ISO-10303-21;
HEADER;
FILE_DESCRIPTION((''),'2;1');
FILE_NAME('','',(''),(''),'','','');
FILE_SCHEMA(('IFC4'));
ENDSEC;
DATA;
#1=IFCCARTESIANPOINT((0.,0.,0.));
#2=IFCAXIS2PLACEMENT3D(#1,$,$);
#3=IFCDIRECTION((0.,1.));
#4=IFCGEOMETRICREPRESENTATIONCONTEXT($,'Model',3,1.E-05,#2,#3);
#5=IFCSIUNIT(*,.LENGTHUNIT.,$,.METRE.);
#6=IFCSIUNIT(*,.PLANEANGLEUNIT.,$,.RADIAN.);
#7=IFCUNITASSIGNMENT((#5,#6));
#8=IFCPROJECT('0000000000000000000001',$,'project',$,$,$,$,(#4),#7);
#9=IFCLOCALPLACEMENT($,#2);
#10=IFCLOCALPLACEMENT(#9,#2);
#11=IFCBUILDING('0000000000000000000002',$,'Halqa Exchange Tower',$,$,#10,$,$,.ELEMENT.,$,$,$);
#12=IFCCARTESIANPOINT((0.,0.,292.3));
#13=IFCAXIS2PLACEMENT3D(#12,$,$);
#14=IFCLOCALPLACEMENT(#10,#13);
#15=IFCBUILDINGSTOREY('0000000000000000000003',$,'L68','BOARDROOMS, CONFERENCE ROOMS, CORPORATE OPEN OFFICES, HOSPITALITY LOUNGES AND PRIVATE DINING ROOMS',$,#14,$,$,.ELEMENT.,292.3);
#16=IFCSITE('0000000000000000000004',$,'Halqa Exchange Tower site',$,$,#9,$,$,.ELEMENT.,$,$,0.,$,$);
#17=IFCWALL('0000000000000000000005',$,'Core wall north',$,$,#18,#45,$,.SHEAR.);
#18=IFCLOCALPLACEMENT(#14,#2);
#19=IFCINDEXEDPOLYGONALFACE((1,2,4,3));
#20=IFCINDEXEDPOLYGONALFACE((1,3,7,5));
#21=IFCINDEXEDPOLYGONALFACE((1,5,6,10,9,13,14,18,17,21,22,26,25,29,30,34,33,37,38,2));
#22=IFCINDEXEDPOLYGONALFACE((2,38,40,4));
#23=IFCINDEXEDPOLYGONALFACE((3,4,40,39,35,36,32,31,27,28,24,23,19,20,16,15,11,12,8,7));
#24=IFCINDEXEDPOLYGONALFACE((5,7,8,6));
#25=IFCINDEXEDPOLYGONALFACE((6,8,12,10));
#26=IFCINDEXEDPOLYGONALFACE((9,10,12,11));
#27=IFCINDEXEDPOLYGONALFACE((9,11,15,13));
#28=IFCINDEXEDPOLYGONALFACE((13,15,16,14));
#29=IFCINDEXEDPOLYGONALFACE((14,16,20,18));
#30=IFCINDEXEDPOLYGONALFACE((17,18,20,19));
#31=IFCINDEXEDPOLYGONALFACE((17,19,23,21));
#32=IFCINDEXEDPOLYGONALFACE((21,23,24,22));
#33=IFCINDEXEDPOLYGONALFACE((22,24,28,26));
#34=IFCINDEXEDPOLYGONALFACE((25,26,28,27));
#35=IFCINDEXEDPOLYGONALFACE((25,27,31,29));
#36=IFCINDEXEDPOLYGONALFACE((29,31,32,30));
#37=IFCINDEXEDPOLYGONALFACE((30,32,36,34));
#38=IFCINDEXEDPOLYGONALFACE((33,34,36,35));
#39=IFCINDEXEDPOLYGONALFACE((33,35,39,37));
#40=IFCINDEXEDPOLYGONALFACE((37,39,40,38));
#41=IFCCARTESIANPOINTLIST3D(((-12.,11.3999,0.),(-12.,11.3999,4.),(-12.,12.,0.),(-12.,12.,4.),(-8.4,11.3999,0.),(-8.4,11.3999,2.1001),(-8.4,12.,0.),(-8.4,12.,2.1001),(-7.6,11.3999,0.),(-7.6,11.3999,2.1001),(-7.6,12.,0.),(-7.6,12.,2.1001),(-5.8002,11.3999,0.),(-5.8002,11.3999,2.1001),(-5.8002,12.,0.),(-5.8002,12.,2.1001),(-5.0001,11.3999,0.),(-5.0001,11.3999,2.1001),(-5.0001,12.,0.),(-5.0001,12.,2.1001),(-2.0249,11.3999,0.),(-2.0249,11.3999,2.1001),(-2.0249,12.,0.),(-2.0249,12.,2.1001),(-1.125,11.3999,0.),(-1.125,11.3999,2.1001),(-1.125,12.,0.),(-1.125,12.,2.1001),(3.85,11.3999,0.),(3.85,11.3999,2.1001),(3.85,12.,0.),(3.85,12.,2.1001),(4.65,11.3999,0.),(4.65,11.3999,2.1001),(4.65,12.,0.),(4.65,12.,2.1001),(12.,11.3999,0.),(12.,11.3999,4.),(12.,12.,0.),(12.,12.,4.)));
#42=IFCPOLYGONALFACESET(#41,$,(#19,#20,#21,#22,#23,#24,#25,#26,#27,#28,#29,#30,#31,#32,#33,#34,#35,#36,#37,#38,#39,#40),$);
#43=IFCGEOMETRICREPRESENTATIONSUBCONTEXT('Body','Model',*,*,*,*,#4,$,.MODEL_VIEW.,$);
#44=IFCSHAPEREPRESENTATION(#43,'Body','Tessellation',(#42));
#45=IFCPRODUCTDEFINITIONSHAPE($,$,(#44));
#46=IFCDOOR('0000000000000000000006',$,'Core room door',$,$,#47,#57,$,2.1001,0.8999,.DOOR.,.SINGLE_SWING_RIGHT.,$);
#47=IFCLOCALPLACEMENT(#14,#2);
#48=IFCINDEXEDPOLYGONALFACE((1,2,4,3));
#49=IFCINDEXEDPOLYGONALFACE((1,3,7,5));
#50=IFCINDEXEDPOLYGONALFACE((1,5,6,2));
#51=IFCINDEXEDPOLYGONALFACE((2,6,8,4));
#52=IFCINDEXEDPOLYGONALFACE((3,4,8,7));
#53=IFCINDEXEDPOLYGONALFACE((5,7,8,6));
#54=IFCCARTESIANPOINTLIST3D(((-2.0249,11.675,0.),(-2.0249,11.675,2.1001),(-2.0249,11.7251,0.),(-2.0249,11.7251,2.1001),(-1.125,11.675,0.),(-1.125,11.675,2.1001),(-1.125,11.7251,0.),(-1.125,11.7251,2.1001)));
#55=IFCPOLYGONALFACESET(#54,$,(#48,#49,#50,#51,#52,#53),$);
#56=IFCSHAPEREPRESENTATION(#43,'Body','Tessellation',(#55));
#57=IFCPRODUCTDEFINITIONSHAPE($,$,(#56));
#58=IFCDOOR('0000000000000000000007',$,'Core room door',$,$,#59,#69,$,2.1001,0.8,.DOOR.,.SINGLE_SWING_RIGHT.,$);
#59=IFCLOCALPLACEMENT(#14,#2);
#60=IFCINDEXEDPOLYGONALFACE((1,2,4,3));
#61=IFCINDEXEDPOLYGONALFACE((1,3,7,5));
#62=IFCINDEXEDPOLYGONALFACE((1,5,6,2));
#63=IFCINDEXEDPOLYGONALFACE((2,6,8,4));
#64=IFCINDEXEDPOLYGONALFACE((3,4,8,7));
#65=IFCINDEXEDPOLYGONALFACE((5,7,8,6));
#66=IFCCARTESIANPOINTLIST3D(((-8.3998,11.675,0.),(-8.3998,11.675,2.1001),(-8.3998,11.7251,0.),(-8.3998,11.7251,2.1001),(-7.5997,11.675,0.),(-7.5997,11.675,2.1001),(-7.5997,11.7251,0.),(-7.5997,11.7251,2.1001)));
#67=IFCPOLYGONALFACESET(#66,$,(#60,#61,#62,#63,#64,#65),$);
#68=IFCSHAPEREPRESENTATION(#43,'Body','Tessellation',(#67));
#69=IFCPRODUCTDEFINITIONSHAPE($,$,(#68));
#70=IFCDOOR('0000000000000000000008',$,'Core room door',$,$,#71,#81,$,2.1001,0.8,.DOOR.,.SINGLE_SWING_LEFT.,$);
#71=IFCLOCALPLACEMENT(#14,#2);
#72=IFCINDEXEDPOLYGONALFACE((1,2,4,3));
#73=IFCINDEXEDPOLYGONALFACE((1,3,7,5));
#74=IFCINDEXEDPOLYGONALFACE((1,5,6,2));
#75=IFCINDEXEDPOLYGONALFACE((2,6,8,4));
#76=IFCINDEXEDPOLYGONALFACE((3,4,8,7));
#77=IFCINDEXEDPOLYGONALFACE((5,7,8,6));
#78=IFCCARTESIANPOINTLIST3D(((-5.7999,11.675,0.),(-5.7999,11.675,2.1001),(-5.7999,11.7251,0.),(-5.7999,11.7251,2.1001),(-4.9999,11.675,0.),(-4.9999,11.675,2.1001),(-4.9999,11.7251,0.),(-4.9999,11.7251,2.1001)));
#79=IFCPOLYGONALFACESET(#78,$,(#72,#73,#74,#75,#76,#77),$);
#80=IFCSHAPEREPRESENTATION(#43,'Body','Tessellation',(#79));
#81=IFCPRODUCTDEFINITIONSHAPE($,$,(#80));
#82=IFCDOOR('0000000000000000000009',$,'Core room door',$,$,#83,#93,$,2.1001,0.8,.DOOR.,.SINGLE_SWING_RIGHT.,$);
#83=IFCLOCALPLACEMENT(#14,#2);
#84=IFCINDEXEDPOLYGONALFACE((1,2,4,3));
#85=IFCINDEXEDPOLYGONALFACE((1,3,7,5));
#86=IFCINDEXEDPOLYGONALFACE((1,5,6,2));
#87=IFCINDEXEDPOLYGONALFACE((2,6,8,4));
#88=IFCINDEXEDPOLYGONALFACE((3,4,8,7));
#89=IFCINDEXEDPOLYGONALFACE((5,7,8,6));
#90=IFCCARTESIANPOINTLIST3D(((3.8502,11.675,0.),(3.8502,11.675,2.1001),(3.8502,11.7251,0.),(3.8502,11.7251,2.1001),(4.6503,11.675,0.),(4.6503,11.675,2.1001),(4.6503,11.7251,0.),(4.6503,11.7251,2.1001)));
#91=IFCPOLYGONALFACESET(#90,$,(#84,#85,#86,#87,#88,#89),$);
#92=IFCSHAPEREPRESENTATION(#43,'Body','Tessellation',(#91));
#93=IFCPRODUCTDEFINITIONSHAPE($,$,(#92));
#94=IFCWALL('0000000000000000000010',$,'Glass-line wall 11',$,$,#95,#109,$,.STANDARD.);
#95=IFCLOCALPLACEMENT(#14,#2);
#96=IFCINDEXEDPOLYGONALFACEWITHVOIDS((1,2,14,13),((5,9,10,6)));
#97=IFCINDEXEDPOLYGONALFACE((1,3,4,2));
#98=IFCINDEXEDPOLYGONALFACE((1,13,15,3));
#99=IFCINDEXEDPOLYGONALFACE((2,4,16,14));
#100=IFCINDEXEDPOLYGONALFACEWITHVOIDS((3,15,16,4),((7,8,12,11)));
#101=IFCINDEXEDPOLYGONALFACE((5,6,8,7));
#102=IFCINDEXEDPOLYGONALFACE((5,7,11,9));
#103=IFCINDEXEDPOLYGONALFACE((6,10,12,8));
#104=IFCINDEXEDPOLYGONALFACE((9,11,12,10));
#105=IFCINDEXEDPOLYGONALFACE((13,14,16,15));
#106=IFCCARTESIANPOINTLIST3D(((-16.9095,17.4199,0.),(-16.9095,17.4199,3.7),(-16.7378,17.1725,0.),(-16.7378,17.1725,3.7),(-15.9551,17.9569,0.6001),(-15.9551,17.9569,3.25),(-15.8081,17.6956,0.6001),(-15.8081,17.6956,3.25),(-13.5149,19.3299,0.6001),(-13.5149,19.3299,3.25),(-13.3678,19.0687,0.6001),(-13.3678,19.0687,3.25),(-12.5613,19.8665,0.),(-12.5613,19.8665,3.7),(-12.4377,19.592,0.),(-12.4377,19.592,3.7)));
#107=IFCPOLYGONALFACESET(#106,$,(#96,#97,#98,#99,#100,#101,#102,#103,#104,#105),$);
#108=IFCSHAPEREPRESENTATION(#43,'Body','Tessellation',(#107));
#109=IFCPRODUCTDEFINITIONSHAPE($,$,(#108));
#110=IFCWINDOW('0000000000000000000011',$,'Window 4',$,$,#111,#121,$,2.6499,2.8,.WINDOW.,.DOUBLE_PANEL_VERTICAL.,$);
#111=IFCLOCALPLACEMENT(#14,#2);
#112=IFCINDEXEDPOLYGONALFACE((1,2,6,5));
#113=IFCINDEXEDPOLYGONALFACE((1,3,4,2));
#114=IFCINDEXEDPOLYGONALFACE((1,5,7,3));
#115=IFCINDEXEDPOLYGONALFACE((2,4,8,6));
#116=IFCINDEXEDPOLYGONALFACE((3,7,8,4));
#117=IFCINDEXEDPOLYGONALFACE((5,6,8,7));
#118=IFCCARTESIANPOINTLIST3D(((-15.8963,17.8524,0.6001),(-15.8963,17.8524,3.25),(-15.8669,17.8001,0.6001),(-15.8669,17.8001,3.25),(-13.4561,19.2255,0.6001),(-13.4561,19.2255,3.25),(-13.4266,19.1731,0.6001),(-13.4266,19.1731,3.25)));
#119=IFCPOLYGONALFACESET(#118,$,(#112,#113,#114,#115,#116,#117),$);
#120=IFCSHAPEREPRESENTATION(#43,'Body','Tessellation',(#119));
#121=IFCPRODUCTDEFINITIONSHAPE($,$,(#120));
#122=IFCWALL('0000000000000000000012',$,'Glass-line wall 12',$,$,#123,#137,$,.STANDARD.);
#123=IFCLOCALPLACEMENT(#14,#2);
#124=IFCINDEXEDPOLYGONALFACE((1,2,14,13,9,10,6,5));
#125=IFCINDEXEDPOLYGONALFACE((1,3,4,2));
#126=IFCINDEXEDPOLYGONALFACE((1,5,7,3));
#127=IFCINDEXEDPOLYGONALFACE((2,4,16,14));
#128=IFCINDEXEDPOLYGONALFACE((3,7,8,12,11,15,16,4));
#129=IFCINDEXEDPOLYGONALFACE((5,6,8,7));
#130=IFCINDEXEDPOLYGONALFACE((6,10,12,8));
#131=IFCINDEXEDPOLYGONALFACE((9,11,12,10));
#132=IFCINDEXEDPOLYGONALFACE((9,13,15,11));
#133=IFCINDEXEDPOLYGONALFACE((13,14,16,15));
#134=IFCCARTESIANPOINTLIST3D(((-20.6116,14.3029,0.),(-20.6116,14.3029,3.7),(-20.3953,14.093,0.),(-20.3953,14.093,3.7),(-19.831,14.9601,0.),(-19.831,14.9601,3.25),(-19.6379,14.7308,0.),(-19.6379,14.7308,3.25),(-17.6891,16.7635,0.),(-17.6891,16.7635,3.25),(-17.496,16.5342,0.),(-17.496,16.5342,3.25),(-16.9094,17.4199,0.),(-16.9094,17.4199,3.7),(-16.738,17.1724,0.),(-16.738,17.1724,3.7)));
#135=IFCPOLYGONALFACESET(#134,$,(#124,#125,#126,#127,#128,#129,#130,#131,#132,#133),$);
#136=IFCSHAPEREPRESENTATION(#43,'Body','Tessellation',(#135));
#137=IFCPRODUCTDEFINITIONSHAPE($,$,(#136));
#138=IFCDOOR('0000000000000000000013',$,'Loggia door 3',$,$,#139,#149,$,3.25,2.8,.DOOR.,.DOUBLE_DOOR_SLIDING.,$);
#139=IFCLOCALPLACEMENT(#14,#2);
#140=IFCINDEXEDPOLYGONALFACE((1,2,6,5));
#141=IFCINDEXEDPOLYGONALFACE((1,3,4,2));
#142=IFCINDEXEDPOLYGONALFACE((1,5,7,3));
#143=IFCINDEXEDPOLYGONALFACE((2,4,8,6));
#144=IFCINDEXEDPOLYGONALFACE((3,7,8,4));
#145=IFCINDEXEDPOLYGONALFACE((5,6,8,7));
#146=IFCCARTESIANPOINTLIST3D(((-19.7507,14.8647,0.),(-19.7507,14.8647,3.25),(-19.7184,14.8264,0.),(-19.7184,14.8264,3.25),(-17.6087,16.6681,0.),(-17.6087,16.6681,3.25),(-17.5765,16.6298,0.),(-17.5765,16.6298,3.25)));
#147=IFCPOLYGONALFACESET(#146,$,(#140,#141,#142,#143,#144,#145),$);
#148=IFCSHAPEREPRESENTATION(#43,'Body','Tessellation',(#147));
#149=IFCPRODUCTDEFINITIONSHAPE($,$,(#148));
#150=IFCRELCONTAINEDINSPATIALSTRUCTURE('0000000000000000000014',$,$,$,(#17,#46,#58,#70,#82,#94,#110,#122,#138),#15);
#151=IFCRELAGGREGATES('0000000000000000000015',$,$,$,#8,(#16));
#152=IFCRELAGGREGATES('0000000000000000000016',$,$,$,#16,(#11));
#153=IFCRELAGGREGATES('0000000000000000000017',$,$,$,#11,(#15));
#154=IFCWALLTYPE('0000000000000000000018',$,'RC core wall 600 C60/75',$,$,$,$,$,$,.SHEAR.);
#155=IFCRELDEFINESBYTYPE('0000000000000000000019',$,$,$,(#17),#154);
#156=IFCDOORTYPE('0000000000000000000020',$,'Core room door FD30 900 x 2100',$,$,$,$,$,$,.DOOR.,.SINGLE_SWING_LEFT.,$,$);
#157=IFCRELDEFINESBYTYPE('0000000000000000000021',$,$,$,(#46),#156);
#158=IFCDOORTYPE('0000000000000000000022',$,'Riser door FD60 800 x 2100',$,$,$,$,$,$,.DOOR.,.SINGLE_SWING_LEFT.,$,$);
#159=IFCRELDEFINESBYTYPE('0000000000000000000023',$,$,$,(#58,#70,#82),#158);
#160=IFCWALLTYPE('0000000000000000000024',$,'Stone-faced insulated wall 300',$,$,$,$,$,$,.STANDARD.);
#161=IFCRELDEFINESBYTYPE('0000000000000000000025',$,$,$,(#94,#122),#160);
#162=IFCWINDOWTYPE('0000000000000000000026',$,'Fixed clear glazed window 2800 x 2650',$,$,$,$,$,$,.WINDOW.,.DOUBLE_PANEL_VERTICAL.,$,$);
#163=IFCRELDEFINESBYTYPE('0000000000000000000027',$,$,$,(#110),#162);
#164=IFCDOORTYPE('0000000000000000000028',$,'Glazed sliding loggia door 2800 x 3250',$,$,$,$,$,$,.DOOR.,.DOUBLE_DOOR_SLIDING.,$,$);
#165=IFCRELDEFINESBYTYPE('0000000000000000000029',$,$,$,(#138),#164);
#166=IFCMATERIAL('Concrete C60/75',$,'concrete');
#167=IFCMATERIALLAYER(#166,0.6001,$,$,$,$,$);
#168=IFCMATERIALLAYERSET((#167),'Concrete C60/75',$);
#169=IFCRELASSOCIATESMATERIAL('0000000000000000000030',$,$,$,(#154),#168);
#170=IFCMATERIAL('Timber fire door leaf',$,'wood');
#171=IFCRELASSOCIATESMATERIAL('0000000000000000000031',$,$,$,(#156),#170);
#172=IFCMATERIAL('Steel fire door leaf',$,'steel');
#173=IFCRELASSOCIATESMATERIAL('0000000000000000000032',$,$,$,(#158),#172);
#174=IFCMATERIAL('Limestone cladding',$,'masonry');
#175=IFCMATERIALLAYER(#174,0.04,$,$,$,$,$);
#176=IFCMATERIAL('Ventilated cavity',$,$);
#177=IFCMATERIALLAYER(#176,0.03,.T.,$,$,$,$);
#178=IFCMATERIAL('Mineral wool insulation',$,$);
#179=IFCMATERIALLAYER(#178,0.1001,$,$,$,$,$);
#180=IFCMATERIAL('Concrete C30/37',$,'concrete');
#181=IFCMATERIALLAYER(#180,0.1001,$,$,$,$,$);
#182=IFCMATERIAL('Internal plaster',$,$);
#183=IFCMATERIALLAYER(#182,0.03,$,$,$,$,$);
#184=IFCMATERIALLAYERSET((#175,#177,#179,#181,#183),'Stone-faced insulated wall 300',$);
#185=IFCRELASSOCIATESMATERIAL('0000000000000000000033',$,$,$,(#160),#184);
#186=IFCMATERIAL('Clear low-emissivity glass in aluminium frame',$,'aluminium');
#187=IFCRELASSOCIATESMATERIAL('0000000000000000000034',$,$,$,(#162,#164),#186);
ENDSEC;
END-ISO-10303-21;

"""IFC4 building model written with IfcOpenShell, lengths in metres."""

from ifc_helpers import new_model, si_unit, direction, frame, frame_2d, origin, place, context, subcontext, project, spatial, polyline, rectangle, outline, extrude, material, layer, layer_set, type_object, element, fill, save


model = new_model("IFC4")

# Units and contexts
model_context = context("Model", 3, precision=1e-05, world=origin(), true_north=direction((0.0, 1.0)))
body_context = subcontext(model_context, "Body", "Model", "MODEL_VIEW")
ifc_project = project(units=[si_unit("LENGTHUNIT", "METRE"), si_unit("PLANEANGLEUNIT", "RADIAN")], contexts=[model_context])

# Site, building, storey
site_placement = place(None, origin())
site = spatial("IfcSite", under=ifc_project, at=site_placement, Name="Halqa Exchange Tower site", CompositionType="ELEMENT", RefElevation=0.0)
building_placement = place(site_placement, origin())
building = spatial("IfcBuilding", under=site, at=building_placement, Name="Halqa Exchange Tower", CompositionType="ELEMENT")
storey_placement = place(building_placement, frame((0.0, 0.0, 292.3)))
storey = spatial("IfcBuildingStorey", under=building, at=storey_placement, Name="L68", Description="BOARDROOMS, CONFERENCE ROOMS, CORPORATE OPEN OFFICES, HOSPITALITY LOUNGES AND PRIVATE DINING ROOMS", CompositionType="ELEMENT", Elevation=292.3)

# Shared definitions
ifc_material_1 = material(Name="Concrete C60/75", Category="concrete")

# Shared definitions
ifc_material_2 = material(Name="Steel fire door leaf", Category="steel")

# Wall, openings, doors
ifc_layer_1 = layer(ifc_material_1, 0.6001)
ifc_layer_set_1 = layer_set([ifc_layer_1], Name="Concrete C60/75")
wall_type_1 = type_object("IfcWallType", Name="RC core wall 600 C60/75", PredefinedType="SHEAR", material=ifc_layer_set_1)
wall_1_placement = place(storey_placement, frame((-12.0, 11.7, 0.0), z_axis=(0.0, 0.0, 1.0), x_axis=(1.0, 0.0, 0.0)))
wall_1 = element("IfcWall", 1, at=wall_1_placement, inside=storey, type_object=wall_type_1, Name="Core wall north", PredefinedType="SHEAR", context=body_context, shape_type="SweptSolid", body=[
    extrude(rectangle(XDim=24.0, YDim=0.6001, at=frame_2d((12.0, 0.0))), origin(), (0.0, 0.0, 1.0), 4.0),
])
opening_1_placement = place(wall_1_placement, frame((9.9751, 0.0, 0.0)))
opening_1 = element("IfcOpeningElement", 2, at=opening_1_placement, cuts=wall_1, PredefinedType="OPENING", context=body_context, shape_type="SweptSolid", body=[
    extrude(rectangle(XDim=0.8999, YDim=2.1001, at=frame_2d((0.45, 1.05))), frame((0.0, 0.312, 0.0), z_axis=(0.0, -1.0, 0.0), x_axis=(1.0, 0.0, 0.0)), (0.0, 0.0, 1.0), 0.624),
])
opening_2_placement = place(wall_1_placement, frame((3.6001, 0.0, 0.0)))
opening_2 = element("IfcOpeningElement", 3, at=opening_2_placement, cuts=wall_1, PredefinedType="OPENING", context=body_context, shape_type="SweptSolid", body=[
    extrude(rectangle(XDim=0.8, YDim=2.1001, at=frame_2d((0.3999, 1.05))), frame((0.0, 0.312, 0.0), z_axis=(0.0, -1.0, 0.0), x_axis=(1.0, 0.0, 0.0)), (0.0, 0.0, 1.0), 0.624),
])
opening_3_placement = place(wall_1_placement, frame((6.2, 0.0, 0.0)))
opening_3 = element("IfcOpeningElement", 4, at=opening_3_placement, cuts=wall_1, PredefinedType="OPENING", context=body_context, shape_type="SweptSolid", body=[
    extrude(rectangle(XDim=0.8, YDim=2.1001, at=frame_2d((0.3999, 1.05))), frame((0.0, 0.312, 0.0), z_axis=(0.0, -1.0, 0.0), x_axis=(1.0, 0.0, 0.0)), (0.0, 0.0, 1.0), 0.624),
])
opening_4_placement = place(wall_1_placement, frame((15.8501, 0.0, 0.0)))
opening_4 = element("IfcOpeningElement", 5, at=opening_4_placement, cuts=wall_1, PredefinedType="OPENING", context=body_context, shape_type="SweptSolid", body=[
    extrude(rectangle(XDim=0.8, YDim=2.1001, at=frame_2d((0.3999, 1.05))), frame((0.0, 0.312, 0.0), z_axis=(0.0, -1.0, 0.0), x_axis=(1.0, 0.0, 0.0)), (0.0, 0.0, 1.0), 0.624),
])
ifc_material_3 = material(Name="Timber fire door leaf", Category="wood")
door_type_1 = type_object("IfcDoorType", Name="Core room door FD30 900 x 2100", OperationType="SINGLE_SWING_LEFT", PredefinedType="DOOR", material=ifc_material_3)
door_1_placement = place(opening_1_placement, frame((0.8999, 0.0, 0.0), z_axis=(0.0, 0.0, 1.0), x_axis=(-1.0, 0.0, 0.0)))
door_1 = element("IfcDoor", 6, at=door_1_placement, inside=storey, type_object=door_type_1, Name="Core room door", OperationType="SINGLE_SWING_RIGHT", OverallHeight=2.1001, OverallWidth=0.8999, PredefinedType="DOOR", context=body_context, shape_type="SweptSolid", body=[
    extrude(rectangle(XDim=0.8999, YDim=2.1001, at=frame_2d((0.45, 1.05))), frame((0.0, 0.0249, 0.0), z_axis=(0.0, -1.0, 0.0), x_axis=(1.0, 0.0, 0.0)), (0.0, 0.0, 1.0), 0.05),
])
fill(opening_1, door_1)
door_type_2 = type_object("IfcDoorType", Name="Riser door FD60 800 x 2100", OperationType="SINGLE_SWING_LEFT", PredefinedType="DOOR", material=ifc_material_2)
door_2_placement = place(opening_2_placement, frame((0.8, 0.0, 0.0), z_axis=(0.0, 0.0, 1.0), x_axis=(-1.0, 0.0, 0.0)))
door_2 = element("IfcDoor", 7, at=door_2_placement, inside=storey, type_object=door_type_2, Name="Core room door", OperationType="SINGLE_SWING_RIGHT", OverallHeight=2.1001, OverallWidth=0.8, PredefinedType="DOOR", context=body_context, shape_type="SweptSolid", body=[
    extrude(rectangle(XDim=0.8, YDim=2.1001, at=frame_2d((0.3999, 1.05))), frame((0.0, 0.0249, 0.0), z_axis=(0.0, -1.0, 0.0), x_axis=(1.0, 0.0, 0.0)), (0.0, 0.0, 1.0), 0.05),
])
fill(opening_2, door_2)
door_3_placement = place(opening_3_placement, frame((0.8, 0.0, 0.0), z_axis=(0.0, 0.0, 1.0), x_axis=(-1.0, 0.0, 0.0)))
door_3 = element("IfcDoor", 8, at=door_3_placement, inside=storey, type_object=door_type_2, Name="Core room door", OperationType="SINGLE_SWING_LEFT", OverallHeight=2.1001, OverallWidth=0.8, PredefinedType="DOOR", context=body_context, shape_type="SweptSolid", body=[
    extrude(rectangle(XDim=0.8, YDim=2.1001, at=frame_2d((0.3999, 1.05))), frame((0.0, 0.0249, 0.0), z_axis=(0.0, -1.0, 0.0), x_axis=(1.0, 0.0, 0.0)), (0.0, 0.0, 1.0), 0.05),
])
fill(opening_3, door_3)
door_4_placement = place(opening_4_placement, frame((0.8, 0.0, 0.0), z_axis=(0.0, 0.0, 1.0), x_axis=(-1.0, 0.0, 0.0)))
door_4 = element("IfcDoor", 9, at=door_4_placement, inside=storey, type_object=door_type_2, Name="Core room door", OperationType="SINGLE_SWING_RIGHT", OverallHeight=2.1001, OverallWidth=0.8, PredefinedType="DOOR", context=body_context, shape_type="SweptSolid", body=[
    extrude(rectangle(XDim=0.8, YDim=2.1001, at=frame_2d((0.3999, 1.05))), frame((0.0, 0.0249, 0.0), z_axis=(0.0, -1.0, 0.0), x_axis=(1.0, 0.0, 0.0)), (0.0, 0.0, 1.0), 0.05),
])
fill(opening_4, door_4)

# Wall, opening, window
ifc_material_4 = material(Name="Limestone cladding", Category="masonry")
ifc_layer_2 = layer(ifc_material_4, 0.04)
ifc_material_5 = material(Name="Ventilated cavity")
ifc_layer_3 = layer(ifc_material_5, 0.03, ventilated=True)
ifc_material_6 = material(Name="Mineral wool insulation")
ifc_layer_4 = layer(ifc_material_6, 0.1001)
ifc_material_7 = material(Name="Concrete C30/37", Category="concrete")
ifc_layer_5 = layer(ifc_material_7, 0.1001)
ifc_material_8 = material(Name="Internal plaster")
ifc_layer_6 = layer(ifc_material_8, 0.03)
ifc_layer_set_2 = layer_set([ifc_layer_2, ifc_layer_3, ifc_layer_4, ifc_layer_5, ifc_layer_6], Name="Stone-faced insulated wall 300")
wall_type_2 = type_object("IfcWallType", Name="Stone-faced insulated wall 300", PredefinedType="STANDARD", material=ifc_layer_set_2)
wall_2_placement = place(storey_placement, frame((-12.4995, 19.7292, 0.0), z_axis=(0.0, 0.0, 1.0), x_axis=(-0.871512, -0.490373, 0.0)))
wall_2 = element("IfcWall", 10, at=wall_2_placement, inside=storey, type_object=wall_type_2, Name="Glass-line wall 11", PredefinedType="STANDARD", context=body_context, shape_type="SweptSolid", body=[
    extrude(outline(polyline([(-0.0134, -0.1499), (4.9758, -0.1499), (4.9475, 0.1499), (0.0134, 0.1499), (-0.0134, -0.1499)])), origin(), (0.0, 0.0, 1.0), 3.7),
])
opening_5_placement = place(wall_2_placement, frame((1.0808, 0.0, 0.6001)))
opening_5 = element("IfcOpeningElement", 11, at=opening_5_placement, cuts=wall_2, PredefinedType="OPENING", context=body_context, shape_type="SweptSolid", body=[
    extrude(rectangle(XDim=2.8, YDim=2.6499, at=frame_2d((1.3999, 1.325))), frame((0.0, 0.1621, 0.0), z_axis=(0.0, -1.0, 0.0), x_axis=(1.0, 0.0, 0.0)), (0.0, 0.0, 1.0), 0.324),
])
ifc_material_9 = material(Name="Clear low-emissivity glass in aluminium frame", Category="aluminium")
window_type = type_object("IfcWindowType", Name="Fixed clear glazed window 2800 x 2650", PartitioningType="DOUBLE_PANEL_VERTICAL", PredefinedType="WINDOW", material=ifc_material_9)
window_1_placement = place(opening_5_placement, origin())
window_1 = element("IfcWindow", 12, at=window_1_placement, inside=storey, type_object=window_type, Name="Window 4", OverallHeight=2.6499, OverallWidth=2.8, PartitioningType="DOUBLE_PANEL_VERTICAL", PredefinedType="WINDOW", context=body_context, shape_type="SweptSolid", body=[
    extrude(rectangle(XDim=2.8, YDim=2.6499, at=frame_2d((1.3999, 1.325))), frame((0.0, 0.03, 0.0), z_axis=(0.0, -1.0, 0.0), x_axis=(1.0, 0.0, 0.0)), (0.0, 0.0, 1.0), 0.0601),
])
fill(opening_5, window_1)

# Wall, opening, door
wall_3_placement = place(storey_placement, frame((-16.8237, 17.2961, 0.0), z_axis=(0.0, 0.0, 1.0), x_axis=(-0.764966, -0.64407, 0.0)))
wall_3 = element("IfcWall", 13, at=wall_3_placement, inside=storey, type_object=wall_type_2, Name="Glass-line wall 12", PredefinedType="STANDARD", context=body_context, shape_type="SweptSolid", body=[
    extrude(outline(polyline([(-0.0142, -0.1499), (4.8254, -0.1499), (4.7952, 0.1499), (0.0142, 0.1499), (-0.0142, -0.1499)])), origin(), (0.0, 0.0, 1.0), 3.7),
])
opening_6_placement = place(wall_3_placement, frame((1.0051, 0.0, 0.0)))
opening_6 = element("IfcOpeningElement", 14, at=opening_6_placement, cuts=wall_3, PredefinedType="OPENING", context=body_context, shape_type="SweptSolid", body=[
    extrude(rectangle(XDim=2.8, YDim=3.25, at=frame_2d((1.3999, 1.625))), frame((0.0, 0.1621, 0.0), z_axis=(0.0, -1.0, 0.0), x_axis=(1.0, 0.0, 0.0)), (0.0, 0.0, 1.0), 0.324),
])
door_type_3 = type_object("IfcDoorType", Name="Glazed sliding loggia door 2800 x 3250", OperationType="DOUBLE_DOOR_SLIDING", PredefinedType="DOOR", material=ifc_material_9)
door_5_placement = place(opening_6_placement, origin())
door_5 = element("IfcDoor", 15, at=door_5_placement, inside=storey, type_object=door_type_3, Name="Loggia door 3", OperationType="DOUBLE_DOOR_SLIDING", OverallHeight=3.25, OverallWidth=2.8, PredefinedType="DOOR", context=body_context, shape_type="SweptSolid", body=[
    extrude(rectangle(XDim=2.8, YDim=3.25, at=frame_2d((1.3999, 1.625))), frame((0.0, 0.0249, 0.0), z_axis=(0.0, -1.0, 0.0), x_axis=(1.0, 0.0, 0.0)), (0.0, 0.0, 1.0), 0.05),
])
fill(opening_6, door_5)

save(model, "model.ifc")
